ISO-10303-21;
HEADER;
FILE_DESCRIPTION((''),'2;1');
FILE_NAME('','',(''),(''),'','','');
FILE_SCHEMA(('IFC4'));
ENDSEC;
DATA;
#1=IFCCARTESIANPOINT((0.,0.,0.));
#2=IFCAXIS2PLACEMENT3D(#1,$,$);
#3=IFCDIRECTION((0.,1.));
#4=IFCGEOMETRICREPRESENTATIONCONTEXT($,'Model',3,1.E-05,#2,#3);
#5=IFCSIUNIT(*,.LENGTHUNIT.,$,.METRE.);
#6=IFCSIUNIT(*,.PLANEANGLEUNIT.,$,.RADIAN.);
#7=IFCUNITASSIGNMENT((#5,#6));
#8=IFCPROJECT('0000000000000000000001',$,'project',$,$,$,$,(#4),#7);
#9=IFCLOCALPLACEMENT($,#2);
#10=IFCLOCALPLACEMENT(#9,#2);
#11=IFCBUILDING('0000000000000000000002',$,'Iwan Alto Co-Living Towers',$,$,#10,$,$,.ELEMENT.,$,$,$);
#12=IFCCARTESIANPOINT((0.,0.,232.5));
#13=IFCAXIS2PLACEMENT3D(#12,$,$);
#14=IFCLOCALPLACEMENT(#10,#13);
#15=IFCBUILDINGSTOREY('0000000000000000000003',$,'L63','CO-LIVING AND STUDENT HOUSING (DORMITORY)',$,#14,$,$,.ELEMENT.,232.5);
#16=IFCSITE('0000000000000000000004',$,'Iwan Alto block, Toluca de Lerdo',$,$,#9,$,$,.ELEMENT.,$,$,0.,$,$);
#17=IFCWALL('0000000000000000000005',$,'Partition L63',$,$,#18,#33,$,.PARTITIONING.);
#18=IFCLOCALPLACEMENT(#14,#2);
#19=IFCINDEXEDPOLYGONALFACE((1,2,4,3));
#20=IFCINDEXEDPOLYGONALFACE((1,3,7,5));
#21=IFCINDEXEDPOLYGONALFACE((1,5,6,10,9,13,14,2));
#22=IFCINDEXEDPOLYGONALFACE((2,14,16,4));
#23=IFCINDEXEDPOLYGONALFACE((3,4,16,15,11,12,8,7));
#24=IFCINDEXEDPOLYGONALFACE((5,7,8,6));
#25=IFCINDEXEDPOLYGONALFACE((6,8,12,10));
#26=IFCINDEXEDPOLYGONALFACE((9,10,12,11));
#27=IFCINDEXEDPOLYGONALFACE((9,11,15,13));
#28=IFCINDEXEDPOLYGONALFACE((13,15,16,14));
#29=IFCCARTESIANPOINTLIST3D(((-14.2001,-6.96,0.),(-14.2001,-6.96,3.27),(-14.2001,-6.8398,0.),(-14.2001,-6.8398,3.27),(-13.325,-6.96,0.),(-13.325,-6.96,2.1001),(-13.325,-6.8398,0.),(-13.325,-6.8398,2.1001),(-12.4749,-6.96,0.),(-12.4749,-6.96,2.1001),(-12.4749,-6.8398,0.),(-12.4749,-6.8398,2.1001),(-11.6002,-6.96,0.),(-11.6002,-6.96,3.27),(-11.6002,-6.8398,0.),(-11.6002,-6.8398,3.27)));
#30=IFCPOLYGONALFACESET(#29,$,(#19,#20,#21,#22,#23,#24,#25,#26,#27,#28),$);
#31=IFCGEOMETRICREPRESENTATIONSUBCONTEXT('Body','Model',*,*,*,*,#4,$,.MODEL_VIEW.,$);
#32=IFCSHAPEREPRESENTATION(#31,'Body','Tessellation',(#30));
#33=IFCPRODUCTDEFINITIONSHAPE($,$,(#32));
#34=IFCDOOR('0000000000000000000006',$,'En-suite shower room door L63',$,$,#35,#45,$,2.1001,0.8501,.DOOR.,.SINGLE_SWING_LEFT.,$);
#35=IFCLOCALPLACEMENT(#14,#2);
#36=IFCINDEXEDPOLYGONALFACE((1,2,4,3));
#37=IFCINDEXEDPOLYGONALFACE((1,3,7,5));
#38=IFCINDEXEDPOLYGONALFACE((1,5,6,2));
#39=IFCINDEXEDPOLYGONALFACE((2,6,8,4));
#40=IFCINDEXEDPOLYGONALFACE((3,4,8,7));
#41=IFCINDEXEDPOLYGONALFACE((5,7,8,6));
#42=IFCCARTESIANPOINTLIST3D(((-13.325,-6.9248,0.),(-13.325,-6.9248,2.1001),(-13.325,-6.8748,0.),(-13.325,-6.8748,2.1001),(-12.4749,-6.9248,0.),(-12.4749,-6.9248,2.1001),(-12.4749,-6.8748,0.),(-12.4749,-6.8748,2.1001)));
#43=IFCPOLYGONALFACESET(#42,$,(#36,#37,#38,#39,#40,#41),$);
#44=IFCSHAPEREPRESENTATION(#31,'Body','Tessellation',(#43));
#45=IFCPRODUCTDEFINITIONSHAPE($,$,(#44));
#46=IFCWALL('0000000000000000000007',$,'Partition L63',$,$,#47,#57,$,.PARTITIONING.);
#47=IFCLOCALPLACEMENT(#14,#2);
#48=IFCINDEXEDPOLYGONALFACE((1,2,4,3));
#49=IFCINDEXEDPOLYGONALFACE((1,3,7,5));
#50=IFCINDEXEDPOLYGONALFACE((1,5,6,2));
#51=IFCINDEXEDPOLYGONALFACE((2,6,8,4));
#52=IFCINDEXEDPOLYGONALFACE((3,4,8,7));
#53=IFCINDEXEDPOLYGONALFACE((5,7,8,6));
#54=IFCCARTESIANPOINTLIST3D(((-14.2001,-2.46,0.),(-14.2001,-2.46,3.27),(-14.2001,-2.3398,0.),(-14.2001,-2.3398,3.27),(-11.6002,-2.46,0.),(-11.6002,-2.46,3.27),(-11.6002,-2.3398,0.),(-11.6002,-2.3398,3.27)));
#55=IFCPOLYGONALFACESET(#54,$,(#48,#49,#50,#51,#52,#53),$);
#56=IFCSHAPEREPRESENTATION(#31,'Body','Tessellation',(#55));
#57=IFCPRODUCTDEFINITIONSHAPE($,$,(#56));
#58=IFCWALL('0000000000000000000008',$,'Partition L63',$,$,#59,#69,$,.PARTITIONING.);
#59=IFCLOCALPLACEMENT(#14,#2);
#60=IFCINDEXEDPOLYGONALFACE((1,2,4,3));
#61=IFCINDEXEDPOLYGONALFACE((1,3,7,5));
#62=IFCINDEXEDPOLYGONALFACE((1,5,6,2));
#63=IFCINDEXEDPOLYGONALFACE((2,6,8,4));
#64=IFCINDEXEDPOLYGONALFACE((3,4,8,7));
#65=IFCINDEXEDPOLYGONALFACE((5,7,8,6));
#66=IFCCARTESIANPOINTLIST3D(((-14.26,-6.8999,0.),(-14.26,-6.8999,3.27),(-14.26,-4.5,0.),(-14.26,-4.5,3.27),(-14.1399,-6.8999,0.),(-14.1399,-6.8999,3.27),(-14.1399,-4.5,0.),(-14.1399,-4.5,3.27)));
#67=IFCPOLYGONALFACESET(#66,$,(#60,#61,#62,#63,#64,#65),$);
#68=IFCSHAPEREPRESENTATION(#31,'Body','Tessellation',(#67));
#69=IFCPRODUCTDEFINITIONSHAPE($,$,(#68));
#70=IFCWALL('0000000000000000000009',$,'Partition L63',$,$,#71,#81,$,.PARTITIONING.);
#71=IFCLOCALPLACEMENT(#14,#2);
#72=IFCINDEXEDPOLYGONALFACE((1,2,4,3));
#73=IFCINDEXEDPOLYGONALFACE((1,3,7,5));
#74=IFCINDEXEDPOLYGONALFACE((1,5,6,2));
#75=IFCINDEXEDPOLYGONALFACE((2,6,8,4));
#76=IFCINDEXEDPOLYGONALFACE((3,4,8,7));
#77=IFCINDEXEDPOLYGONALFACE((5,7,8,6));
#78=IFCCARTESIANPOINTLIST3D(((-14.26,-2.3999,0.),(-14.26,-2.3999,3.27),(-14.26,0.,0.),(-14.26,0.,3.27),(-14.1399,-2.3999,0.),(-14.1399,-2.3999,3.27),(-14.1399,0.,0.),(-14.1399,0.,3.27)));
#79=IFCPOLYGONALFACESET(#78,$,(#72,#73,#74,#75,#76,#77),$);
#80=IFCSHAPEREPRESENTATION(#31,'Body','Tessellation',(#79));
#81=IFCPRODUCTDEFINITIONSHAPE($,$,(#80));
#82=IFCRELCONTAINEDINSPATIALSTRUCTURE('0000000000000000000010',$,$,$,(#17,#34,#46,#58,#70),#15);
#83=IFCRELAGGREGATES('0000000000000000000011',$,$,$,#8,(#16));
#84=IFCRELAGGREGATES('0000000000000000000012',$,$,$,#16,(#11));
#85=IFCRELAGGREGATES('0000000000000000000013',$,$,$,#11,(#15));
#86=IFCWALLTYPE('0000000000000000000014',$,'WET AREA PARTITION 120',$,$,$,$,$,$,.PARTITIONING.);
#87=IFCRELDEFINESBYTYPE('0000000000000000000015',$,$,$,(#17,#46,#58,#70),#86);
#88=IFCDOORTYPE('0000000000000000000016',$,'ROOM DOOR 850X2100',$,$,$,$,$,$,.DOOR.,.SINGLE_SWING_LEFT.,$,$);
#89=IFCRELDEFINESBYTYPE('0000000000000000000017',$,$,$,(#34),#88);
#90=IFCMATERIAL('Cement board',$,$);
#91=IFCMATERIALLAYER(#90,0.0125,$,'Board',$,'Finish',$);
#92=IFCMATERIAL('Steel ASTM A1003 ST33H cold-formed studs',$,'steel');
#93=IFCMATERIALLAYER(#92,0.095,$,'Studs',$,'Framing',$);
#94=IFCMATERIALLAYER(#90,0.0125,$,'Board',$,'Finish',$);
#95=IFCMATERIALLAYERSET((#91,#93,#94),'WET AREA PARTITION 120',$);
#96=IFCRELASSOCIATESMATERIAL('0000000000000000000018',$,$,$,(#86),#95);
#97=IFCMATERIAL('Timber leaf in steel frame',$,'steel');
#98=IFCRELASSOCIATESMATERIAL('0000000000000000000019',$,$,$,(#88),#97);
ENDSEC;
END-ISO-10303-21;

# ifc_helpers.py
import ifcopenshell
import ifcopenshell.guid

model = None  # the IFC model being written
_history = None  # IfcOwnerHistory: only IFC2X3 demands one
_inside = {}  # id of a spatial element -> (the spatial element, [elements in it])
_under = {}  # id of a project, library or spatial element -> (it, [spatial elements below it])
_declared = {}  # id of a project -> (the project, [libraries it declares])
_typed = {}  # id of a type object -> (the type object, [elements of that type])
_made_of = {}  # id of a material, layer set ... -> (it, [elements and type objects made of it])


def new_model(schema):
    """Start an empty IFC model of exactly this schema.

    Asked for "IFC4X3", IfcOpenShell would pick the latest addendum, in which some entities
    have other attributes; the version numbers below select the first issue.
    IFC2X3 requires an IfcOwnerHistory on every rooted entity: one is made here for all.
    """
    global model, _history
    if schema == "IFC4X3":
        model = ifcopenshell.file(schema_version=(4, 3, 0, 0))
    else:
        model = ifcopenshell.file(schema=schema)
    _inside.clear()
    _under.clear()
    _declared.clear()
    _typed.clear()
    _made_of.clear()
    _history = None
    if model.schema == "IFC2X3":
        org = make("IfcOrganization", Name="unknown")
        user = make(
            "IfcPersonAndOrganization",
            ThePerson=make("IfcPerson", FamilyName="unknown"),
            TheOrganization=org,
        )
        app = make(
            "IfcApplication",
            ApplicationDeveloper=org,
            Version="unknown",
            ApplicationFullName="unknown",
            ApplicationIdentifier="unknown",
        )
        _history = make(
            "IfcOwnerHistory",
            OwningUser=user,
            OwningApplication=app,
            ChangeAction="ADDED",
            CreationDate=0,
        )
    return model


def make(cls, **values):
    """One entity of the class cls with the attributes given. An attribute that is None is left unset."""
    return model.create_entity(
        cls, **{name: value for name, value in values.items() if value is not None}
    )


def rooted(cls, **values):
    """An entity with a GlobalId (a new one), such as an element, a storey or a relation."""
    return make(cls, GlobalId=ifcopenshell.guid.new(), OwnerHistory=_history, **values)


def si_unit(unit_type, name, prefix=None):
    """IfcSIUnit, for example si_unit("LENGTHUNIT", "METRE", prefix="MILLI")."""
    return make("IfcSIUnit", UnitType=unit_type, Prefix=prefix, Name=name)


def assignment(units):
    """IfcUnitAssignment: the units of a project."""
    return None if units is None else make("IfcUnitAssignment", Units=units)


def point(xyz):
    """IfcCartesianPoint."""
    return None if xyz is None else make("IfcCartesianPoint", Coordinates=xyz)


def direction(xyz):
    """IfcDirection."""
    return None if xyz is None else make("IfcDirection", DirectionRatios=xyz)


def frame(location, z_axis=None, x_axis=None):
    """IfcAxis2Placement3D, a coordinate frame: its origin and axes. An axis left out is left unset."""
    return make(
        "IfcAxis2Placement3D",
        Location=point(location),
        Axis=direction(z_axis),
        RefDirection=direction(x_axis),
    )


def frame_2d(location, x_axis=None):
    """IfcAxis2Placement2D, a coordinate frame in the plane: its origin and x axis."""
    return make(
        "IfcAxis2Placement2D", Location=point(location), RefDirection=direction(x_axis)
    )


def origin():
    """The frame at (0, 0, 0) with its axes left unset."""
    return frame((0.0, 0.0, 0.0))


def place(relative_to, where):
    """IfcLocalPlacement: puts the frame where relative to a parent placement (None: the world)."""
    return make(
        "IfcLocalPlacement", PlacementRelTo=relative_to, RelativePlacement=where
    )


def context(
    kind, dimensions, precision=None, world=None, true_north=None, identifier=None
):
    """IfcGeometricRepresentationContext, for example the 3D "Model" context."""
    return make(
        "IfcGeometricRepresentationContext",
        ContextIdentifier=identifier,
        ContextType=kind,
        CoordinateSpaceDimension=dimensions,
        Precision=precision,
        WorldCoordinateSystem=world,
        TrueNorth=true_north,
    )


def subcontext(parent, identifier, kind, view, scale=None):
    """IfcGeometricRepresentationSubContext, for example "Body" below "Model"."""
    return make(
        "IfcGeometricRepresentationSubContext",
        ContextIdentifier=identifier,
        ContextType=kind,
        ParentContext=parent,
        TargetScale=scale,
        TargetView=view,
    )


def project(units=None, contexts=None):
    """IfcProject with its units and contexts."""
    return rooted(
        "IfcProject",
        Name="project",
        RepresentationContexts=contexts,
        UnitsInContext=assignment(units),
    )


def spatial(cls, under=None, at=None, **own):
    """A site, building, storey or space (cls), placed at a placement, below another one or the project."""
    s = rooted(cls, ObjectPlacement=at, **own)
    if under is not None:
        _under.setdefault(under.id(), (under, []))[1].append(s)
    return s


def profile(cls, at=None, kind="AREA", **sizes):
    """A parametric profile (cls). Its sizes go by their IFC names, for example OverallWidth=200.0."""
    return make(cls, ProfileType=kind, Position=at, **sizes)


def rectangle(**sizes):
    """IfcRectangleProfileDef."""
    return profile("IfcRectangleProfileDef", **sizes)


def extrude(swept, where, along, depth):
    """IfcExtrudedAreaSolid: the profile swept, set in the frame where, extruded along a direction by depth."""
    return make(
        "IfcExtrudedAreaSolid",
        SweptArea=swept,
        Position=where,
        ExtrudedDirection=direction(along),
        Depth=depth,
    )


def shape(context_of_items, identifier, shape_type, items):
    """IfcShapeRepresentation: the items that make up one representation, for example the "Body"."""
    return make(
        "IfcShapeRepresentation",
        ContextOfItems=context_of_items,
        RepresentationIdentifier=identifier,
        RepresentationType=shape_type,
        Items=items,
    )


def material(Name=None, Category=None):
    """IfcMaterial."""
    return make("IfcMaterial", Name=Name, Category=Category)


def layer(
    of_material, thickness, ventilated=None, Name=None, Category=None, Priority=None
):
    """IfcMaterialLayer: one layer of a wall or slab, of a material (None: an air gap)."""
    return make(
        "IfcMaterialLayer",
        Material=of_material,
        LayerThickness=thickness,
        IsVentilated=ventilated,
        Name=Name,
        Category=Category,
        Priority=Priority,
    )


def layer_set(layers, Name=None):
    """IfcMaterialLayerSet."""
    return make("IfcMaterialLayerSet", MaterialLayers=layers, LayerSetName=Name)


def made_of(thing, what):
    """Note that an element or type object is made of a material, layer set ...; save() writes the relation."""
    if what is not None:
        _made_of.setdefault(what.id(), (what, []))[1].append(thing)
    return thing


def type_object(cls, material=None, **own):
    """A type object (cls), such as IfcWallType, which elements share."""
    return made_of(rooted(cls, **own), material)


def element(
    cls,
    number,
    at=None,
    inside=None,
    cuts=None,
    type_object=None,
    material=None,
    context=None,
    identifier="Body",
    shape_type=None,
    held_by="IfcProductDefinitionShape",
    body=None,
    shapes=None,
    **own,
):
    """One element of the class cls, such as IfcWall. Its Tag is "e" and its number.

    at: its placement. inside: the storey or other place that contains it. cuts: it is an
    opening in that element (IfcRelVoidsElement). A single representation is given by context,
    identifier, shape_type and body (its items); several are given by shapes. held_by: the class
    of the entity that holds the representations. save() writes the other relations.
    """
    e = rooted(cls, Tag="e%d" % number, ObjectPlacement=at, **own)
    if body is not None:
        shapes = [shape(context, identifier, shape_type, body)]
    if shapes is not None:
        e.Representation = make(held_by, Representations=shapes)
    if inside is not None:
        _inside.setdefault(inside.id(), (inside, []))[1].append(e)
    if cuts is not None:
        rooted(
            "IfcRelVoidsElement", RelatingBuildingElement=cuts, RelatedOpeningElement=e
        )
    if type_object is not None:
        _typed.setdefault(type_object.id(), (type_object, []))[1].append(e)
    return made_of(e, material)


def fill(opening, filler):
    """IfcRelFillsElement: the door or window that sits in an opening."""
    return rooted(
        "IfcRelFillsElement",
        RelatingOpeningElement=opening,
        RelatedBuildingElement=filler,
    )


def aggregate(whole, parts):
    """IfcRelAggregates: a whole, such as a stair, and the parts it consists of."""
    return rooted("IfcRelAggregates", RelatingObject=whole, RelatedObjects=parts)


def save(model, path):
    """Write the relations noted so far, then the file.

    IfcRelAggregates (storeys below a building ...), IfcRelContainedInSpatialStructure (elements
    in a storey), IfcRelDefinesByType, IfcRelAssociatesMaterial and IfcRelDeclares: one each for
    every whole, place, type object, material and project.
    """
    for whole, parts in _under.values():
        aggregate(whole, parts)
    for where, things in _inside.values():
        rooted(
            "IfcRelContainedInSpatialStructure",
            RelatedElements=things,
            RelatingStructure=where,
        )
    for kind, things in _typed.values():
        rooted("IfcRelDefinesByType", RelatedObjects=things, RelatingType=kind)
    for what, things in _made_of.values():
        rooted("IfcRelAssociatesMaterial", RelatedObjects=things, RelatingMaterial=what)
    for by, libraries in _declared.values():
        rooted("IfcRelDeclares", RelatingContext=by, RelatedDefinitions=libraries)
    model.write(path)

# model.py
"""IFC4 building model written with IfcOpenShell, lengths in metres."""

from ifc_helpers import new_model, si_unit, direction, frame, frame_2d, origin, place, context, subcontext, project, spatial, rectangle, extrude, material, layer, layer_set, type_object, element, fill, save


model = new_model("IFC4")

# Units and contexts
model_context = context("Model", 3, precision=1e-05, world=origin(), true_north=direction((0.0, 1.0)))
body_context = subcontext(model_context, "Body", "Model", "MODEL_VIEW")
ifc_project = project(units=[si_unit("LENGTHUNIT", "METRE"), si_unit("PLANEANGLEUNIT", "RADIAN")], contexts=[model_context])

# Site, building, storey
site_placement = place(None, origin())
site = spatial("IfcSite", under=ifc_project, at=site_placement, Name="Iwan Alto block, Toluca de Lerdo", CompositionType="ELEMENT", RefElevation=0.0)
building_placement = place(site_placement, origin())
building = spatial("IfcBuilding", under=site, at=building_placement, Name="Iwan Alto Co-Living Towers", CompositionType="ELEMENT")
storey_placement = place(building_placement, frame((0.0, 0.0, 232.5)))
storey = spatial("IfcBuildingStorey", under=building, at=storey_placement, Name="L63", Description="CO-LIVING AND STUDENT HOUSING (DORMITORY)", CompositionType="ELEMENT", Elevation=232.5)

# Shared definitions
ifc_material_1 = material(Name="Steel ASTM A1003 ST33H cold-formed studs", Category="steel")

# Wall, opening, door
ifc_material_2 = material(Name="Cement board")
ifc_layer_1 = layer(ifc_material_2, 0.0125, Name="Board", Category="Finish")
ifc_layer_2 = layer(ifc_material_1, 0.095, Name="Studs", Category="Framing")
ifc_layer_3 = layer(ifc_material_2, 0.0125, Name="Board", Category="Finish")
ifc_layer_set_1 = layer_set([ifc_layer_1, ifc_layer_2, ifc_layer_3], Name="WET AREA PARTITION 120")
wall_type_1 = type_object("IfcWallType", Name="WET AREA PARTITION 120", PredefinedType="PARTITIONING", material=ifc_layer_set_1)
wall_1_placement = place(storey_placement, frame((-14.2, -6.8999, 0.0), z_axis=(0.0, 0.0, 1.0), x_axis=(1.0, 0.0, 0.0)))
wall_1 = element("IfcWall", 1, at=wall_1_placement, inside=storey, type_object=wall_type_1, Name="Partition L63", PredefinedType="PARTITIONING", context=body_context, shape_type="SweptSolid", body=[
    extrude(rectangle(XDim=2.5999, YDim=0.1201, at=frame_2d((1.2998, 0.0))), origin(), (0.0, 0.0, 1.0), 3.27),
])
opening_1_placement = place(wall_1_placement, frame((0.875, 0.0, 0.0)))
opening_1 = element("IfcOpeningElement", 2, at=opening_1_placement, cuts=wall_1, PredefinedType="OPENING", context=body_context, shape_type="SweptSolid", body=[
    extrude(rectangle(XDim=0.8501, YDim=2.1001, at=frame_2d((0.425, 1.05))), frame((0.0, 0.0701, 0.0), z_axis=(0.0, -1.0, 0.0), x_axis=(1.0, 0.0, 0.0)), (0.0, 0.0, 1.0), 0.1401),
])
ifc_material_3 = material(Name="Timber leaf in steel frame", Category="steel")
door_type_1 = type_object("IfcDoorType", Name="ROOM DOOR 850X2100", OperationType="SINGLE_SWING_LEFT", PredefinedType="DOOR", material=ifc_material_3)
door_1_placement = place(opening_1_placement, frame((0.8501, 0.0, 0.0), z_axis=(0.0, 0.0, 1.0), x_axis=(-1.0, 0.0, 0.0)))
door_1 = element("IfcDoor", 3, at=door_1_placement, inside=storey, type_object=door_type_1, Name="En-suite shower room door L63", OperationType="SINGLE_SWING_LEFT", OverallHeight=2.1001, OverallWidth=0.8501, PredefinedType="DOOR", context=body_context, shape_type="SweptSolid", body=[
    extrude(rectangle(XDim=0.8501, YDim=2.1001, at=frame_2d((0.425, 1.05))), frame((0.0, 0.0249, 0.0), z_axis=(0.0, -1.0, 0.0), x_axis=(1.0, 0.0, 0.0)), (0.0, 0.0, 1.0), 0.05),
])
fill(opening_1, door_1)

# Walls
wall_2_placement = place(storey_placement, frame((-14.2, -2.3999, 0.0), z_axis=(0.0, 0.0, 1.0), x_axis=(1.0, 0.0, 0.0)))
element("IfcWall", 4, at=wall_2_placement, inside=storey, type_object=wall_type_1, Name="Partition L63", PredefinedType="PARTITIONING", context=body_context, shape_type="SweptSolid", body=[
    extrude(rectangle(XDim=2.5999, YDim=0.1201, at=frame_2d((1.2998, 0.0))), origin(), (0.0, 0.0, 1.0), 3.27),
])
for number, where, z_axis, x_axis, name in (
    (5, (-14.2, -6.8999, 0.0), (0.0, 0.0, 1.0), (0.0, 1.0, 0.0), "Partition L63"),
    (6, (-14.2, -2.3999, 0.0), (0.0, 0.0, 1.0), (0.0, 1.0, 0.0), "Partition L63"),
):
    element("IfcWall", number, at=place(storey_placement, frame(where, z_axis=z_axis, x_axis=x_axis)), inside=storey, type_object=wall_type_1, Name=name, PredefinedType="PARTITIONING", context=body_context, shape_type="SweptSolid", body=[
        extrude(rectangle(XDim=2.3999, YDim=0.1201, at=frame_2d((1.2, 0.0))), origin(), (0.0, 0.0, 1.0), 3.27),
    ])

save(model, "model.ifc")
